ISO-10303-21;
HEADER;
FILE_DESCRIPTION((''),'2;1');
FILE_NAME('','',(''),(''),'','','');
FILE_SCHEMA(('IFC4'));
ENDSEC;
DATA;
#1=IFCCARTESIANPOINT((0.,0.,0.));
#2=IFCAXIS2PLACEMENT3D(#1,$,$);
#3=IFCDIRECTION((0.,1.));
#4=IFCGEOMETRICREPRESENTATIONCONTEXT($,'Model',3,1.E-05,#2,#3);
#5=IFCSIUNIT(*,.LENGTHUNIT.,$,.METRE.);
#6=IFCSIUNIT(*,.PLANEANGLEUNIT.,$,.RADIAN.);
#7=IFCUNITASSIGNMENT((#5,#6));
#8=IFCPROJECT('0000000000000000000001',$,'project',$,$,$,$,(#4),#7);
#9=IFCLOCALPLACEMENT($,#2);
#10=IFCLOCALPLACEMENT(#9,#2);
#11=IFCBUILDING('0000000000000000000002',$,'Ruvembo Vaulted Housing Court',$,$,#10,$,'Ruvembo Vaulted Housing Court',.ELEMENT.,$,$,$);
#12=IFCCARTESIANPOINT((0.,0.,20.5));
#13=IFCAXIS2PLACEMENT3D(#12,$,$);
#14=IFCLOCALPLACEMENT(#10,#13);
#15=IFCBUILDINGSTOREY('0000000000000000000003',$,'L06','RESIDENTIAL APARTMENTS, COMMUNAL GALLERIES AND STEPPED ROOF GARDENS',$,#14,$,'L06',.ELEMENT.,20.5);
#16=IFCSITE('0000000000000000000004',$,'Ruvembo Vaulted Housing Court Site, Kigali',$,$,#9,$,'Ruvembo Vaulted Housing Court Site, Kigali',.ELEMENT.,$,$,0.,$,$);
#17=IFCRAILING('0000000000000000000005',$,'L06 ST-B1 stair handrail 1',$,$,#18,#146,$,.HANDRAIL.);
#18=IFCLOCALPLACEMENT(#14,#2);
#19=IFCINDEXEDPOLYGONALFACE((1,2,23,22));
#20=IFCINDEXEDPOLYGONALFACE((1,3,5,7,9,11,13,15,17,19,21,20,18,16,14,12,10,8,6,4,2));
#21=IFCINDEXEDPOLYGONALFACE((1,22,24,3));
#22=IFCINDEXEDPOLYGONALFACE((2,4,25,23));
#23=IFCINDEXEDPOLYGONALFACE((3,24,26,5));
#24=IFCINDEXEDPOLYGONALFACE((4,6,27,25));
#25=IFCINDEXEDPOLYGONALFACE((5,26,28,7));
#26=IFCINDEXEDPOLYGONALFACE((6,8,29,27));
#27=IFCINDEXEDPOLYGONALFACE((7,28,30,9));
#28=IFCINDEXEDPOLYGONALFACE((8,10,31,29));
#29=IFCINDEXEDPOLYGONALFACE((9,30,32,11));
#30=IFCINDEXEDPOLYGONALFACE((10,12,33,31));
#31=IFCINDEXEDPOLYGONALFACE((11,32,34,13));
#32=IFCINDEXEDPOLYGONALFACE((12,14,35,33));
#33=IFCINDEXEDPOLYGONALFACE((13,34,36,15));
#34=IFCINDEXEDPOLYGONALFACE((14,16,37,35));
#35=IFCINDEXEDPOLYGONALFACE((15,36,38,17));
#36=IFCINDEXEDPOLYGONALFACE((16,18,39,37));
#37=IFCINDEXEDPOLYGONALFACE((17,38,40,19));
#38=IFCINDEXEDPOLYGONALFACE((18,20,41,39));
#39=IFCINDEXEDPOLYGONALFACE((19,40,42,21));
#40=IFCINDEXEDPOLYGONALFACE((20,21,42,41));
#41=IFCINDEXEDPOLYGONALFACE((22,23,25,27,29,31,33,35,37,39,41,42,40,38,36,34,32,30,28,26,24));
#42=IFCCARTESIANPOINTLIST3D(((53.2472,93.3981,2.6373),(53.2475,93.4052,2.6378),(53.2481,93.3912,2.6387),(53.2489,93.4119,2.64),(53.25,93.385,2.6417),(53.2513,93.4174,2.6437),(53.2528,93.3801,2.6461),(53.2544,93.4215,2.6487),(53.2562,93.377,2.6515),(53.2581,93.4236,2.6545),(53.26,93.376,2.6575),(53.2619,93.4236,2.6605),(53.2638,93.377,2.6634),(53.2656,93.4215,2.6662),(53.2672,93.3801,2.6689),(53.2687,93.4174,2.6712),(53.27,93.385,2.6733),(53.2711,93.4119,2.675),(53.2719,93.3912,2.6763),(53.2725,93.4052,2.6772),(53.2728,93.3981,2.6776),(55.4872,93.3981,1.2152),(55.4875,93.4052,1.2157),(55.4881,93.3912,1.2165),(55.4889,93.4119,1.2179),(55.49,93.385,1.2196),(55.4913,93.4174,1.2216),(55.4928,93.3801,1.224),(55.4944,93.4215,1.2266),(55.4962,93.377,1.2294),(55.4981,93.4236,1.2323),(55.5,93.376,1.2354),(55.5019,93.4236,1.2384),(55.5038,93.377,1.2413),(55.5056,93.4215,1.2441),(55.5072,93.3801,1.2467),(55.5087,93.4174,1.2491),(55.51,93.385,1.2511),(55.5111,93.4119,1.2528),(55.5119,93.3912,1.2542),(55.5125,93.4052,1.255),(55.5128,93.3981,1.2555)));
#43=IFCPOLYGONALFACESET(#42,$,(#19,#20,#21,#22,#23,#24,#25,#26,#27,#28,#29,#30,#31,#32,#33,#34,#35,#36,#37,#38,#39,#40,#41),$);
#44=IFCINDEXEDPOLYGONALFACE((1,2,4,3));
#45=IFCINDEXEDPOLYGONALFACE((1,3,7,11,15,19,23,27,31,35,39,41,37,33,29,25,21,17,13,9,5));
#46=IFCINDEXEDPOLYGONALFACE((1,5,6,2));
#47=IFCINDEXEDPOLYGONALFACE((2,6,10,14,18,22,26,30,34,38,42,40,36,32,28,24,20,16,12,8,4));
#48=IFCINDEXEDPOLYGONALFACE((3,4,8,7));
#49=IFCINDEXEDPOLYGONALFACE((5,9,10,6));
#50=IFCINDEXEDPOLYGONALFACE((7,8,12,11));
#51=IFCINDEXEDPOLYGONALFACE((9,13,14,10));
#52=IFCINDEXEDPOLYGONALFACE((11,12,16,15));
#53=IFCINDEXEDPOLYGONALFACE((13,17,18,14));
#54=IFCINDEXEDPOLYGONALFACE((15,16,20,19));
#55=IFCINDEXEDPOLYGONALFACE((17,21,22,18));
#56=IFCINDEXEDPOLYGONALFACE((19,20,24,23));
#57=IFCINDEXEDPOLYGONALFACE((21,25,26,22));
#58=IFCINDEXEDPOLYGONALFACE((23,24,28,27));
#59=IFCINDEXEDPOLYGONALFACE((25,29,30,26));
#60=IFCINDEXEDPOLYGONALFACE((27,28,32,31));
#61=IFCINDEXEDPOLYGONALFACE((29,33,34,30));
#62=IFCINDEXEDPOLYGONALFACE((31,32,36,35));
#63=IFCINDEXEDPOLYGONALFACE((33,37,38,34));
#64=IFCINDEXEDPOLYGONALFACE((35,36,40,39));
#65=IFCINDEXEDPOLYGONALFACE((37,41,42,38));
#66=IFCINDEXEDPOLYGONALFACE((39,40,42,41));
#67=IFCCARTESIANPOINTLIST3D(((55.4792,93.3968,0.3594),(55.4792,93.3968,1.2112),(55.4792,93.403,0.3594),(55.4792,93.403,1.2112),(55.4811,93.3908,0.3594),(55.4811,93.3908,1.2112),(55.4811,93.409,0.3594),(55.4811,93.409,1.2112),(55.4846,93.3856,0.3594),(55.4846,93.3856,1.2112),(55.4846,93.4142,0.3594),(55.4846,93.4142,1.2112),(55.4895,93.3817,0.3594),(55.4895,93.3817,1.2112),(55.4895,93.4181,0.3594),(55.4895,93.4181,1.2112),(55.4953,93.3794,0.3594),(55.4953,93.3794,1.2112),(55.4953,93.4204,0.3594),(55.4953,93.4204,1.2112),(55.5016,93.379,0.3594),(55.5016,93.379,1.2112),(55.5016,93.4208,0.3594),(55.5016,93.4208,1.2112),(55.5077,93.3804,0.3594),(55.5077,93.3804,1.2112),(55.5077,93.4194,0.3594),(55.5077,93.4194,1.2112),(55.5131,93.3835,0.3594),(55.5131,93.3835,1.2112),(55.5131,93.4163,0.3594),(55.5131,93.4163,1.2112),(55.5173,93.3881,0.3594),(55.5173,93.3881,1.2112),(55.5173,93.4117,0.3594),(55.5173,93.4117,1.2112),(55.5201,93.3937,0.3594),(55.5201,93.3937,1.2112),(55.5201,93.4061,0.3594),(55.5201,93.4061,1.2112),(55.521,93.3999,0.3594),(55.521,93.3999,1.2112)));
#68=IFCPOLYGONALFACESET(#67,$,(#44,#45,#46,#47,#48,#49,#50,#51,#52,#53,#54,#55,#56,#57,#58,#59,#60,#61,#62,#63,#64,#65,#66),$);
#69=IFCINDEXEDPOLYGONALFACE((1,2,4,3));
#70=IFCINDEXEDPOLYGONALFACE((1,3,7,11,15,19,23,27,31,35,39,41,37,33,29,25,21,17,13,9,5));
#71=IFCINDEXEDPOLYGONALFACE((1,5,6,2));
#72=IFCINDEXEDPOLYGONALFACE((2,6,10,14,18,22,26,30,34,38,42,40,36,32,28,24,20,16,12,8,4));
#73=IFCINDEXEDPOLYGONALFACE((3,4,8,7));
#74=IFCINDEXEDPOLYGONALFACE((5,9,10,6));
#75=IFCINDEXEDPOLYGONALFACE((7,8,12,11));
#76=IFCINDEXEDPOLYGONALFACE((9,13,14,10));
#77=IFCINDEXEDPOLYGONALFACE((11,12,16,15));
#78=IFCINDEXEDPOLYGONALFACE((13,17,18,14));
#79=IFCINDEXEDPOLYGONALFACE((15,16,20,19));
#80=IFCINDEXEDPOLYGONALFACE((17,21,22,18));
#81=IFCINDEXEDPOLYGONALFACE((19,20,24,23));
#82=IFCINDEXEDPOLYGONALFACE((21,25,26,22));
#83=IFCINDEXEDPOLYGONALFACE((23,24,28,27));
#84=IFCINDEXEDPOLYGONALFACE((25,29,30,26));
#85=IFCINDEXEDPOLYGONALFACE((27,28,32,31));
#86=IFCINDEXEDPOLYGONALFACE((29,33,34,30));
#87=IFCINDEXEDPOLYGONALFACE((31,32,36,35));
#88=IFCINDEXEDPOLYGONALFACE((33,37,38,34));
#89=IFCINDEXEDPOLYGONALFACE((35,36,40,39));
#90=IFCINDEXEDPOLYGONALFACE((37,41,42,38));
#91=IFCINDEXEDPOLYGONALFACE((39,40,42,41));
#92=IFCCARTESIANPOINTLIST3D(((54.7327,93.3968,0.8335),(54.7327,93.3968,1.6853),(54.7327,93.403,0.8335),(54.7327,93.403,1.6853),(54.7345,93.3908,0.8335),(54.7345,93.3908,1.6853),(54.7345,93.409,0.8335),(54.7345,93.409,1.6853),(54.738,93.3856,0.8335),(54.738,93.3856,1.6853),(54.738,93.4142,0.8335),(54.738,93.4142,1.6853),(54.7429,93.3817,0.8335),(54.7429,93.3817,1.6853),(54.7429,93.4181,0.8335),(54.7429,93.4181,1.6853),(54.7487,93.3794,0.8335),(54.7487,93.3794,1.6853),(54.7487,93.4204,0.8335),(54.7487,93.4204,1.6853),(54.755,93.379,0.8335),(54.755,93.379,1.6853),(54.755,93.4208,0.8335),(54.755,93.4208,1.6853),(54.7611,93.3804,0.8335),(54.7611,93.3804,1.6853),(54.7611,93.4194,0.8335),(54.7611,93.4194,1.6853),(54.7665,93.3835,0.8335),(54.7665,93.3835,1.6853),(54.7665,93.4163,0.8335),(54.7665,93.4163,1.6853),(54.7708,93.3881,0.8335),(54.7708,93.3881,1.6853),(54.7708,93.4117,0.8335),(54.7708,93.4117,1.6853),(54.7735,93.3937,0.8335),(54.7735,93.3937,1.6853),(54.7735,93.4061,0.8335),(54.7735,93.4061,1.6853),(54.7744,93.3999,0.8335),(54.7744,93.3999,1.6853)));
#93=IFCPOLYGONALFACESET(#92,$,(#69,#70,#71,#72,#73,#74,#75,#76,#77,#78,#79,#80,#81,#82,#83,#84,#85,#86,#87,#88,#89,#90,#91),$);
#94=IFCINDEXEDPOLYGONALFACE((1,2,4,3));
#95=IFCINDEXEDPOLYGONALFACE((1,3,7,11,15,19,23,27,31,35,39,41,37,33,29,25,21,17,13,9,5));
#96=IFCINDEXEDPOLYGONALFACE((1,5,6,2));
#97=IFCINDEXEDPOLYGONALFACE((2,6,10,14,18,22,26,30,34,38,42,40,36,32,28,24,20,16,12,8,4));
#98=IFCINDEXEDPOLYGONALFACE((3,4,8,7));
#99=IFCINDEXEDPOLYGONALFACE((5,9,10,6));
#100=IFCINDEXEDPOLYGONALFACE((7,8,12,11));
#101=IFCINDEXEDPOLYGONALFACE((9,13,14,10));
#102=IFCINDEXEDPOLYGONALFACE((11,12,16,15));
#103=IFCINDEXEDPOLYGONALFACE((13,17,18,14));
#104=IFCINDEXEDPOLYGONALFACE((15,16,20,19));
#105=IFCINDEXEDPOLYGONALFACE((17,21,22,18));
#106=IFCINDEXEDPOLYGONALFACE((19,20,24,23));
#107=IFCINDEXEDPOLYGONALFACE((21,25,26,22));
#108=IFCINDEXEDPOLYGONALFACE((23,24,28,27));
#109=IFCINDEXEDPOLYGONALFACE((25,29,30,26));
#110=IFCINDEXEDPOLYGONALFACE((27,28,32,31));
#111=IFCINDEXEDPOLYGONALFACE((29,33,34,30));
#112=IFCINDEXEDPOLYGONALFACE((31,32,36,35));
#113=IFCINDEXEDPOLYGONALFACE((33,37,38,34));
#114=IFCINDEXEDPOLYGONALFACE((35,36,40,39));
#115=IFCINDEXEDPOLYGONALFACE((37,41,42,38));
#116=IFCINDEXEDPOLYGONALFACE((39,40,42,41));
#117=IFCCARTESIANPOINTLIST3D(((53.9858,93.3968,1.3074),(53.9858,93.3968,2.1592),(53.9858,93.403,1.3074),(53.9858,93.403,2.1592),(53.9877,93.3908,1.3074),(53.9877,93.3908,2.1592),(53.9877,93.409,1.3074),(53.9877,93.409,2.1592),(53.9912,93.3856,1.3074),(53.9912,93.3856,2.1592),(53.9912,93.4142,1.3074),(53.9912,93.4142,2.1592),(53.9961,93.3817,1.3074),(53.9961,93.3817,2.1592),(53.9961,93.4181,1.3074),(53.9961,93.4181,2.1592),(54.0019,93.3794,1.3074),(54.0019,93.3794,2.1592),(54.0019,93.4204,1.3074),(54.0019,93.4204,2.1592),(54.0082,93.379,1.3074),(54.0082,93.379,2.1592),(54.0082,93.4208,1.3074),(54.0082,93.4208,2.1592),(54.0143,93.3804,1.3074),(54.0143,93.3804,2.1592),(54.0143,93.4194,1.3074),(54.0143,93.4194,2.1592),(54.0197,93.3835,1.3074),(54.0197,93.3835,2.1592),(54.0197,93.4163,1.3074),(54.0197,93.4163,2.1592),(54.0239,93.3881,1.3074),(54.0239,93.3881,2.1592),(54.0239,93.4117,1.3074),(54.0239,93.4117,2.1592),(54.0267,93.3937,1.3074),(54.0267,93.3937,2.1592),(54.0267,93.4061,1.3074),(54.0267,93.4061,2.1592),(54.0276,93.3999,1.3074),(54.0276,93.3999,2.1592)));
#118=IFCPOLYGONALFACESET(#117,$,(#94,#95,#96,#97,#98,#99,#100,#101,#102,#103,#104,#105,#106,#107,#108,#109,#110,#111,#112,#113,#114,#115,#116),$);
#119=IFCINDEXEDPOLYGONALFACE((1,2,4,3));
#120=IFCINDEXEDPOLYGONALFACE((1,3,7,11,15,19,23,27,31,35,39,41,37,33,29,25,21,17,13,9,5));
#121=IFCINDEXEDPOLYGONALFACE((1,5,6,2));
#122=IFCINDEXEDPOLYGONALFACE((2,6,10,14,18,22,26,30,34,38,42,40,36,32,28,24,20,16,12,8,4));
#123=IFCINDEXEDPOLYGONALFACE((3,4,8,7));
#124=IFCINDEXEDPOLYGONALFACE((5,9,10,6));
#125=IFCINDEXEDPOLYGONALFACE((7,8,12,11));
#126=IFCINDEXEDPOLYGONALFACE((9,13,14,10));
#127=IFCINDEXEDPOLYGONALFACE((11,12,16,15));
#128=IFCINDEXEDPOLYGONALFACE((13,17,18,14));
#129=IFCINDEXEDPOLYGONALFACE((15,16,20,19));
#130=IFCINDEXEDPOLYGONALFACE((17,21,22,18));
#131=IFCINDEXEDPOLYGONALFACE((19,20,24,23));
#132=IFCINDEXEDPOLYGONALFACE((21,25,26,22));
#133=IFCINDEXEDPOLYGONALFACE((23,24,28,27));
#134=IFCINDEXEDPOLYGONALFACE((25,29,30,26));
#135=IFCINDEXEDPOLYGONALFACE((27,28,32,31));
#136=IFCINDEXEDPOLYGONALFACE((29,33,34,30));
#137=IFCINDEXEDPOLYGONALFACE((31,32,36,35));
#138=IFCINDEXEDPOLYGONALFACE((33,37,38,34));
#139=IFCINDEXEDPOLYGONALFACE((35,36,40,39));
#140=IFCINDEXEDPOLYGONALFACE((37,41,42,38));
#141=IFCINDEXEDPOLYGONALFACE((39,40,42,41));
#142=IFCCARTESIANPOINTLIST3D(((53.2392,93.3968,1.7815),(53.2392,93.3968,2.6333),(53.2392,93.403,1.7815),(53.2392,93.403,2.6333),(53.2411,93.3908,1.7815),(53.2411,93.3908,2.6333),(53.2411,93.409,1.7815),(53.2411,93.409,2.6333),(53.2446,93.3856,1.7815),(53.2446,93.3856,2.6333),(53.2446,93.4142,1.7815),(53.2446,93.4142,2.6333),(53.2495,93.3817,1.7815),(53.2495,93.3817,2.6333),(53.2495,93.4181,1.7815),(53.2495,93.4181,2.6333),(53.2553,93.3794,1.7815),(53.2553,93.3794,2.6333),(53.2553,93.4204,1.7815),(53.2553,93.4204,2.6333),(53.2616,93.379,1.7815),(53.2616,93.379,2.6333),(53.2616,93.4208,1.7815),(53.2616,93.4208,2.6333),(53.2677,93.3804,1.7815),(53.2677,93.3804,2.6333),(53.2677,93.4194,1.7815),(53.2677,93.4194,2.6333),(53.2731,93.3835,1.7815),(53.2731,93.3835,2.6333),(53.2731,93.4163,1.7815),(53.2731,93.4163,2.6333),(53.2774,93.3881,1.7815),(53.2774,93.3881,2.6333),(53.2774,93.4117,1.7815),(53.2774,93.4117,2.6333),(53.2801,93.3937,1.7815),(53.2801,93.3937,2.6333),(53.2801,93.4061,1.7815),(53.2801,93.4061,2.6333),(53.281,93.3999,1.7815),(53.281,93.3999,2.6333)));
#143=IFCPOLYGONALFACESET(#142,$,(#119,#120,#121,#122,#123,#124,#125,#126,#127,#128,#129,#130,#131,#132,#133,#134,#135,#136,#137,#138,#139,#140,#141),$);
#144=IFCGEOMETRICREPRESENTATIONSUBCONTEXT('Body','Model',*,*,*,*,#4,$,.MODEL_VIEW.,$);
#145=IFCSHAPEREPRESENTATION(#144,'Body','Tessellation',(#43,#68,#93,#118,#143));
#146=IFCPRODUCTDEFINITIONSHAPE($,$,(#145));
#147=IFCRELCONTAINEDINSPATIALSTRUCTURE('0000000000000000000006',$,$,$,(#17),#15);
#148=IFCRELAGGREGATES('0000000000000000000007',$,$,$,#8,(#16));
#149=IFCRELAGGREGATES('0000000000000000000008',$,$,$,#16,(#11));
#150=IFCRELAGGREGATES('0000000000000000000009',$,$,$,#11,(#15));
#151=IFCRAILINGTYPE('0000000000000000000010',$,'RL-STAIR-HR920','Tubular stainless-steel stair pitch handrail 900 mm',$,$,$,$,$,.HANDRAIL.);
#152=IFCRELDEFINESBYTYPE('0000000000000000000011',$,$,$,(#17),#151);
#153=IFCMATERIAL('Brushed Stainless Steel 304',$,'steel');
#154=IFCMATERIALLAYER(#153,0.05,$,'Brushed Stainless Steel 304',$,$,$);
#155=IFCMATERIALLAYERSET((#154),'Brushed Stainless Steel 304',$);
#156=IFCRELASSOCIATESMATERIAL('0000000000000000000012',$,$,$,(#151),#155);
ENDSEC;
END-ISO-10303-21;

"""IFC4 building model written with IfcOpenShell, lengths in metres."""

from ifc_helpers import new_model, si_unit, direction, frame, origin, origin_2d, place, context, subcontext, project, spatial, circle, extrude, material, layer, layer_set, type_object, element, save


model = new_model("IFC4")

# Units and contexts
model_context = context("Model", 3, precision=1e-05, world=origin(), true_north=direction((0.0, 1.0)))
body_context = subcontext(model_context, "Body", "Model", "MODEL_VIEW")
ifc_project = project(units=[si_unit("LENGTHUNIT", "METRE"), si_unit("PLANEANGLEUNIT", "RADIAN")], contexts=[model_context])

# Site, building, storey
site_placement = place(None, origin())
site = spatial("IfcSite", under=ifc_project, at=site_placement, Name="Ruvembo Vaulted Housing Court Site, Kigali", LongName="Ruvembo Vaulted Housing Court Site, Kigali", CompositionType="ELEMENT", RefElevation=0.0)
building_placement = place(site_placement, origin())
building = spatial("IfcBuilding", under=site, at=building_placement, Name="Ruvembo Vaulted Housing Court", LongName="Ruvembo Vaulted Housing Court", CompositionType="ELEMENT")
storey_placement = place(building_placement, frame((0.0, 0.0, 20.5)))
storey = spatial("IfcBuildingStorey", under=building, at=storey_placement, Name="L06", Description="RESIDENTIAL APARTMENTS, COMMUNAL GALLERIES AND STEPPED ROOF GARDENS", LongName="L06", CompositionType="ELEMENT", Elevation=20.5)

# Shared definitions
ifc_material_1 = material(Name="Brushed Stainless Steel 304", Category="steel")

# Railing
ifc_layer_1 = layer(ifc_material_1, 0.05, Name="Brushed Stainless Steel 304")
ifc_layer_set_1 = layer_set([ifc_layer_1], Name="Brushed Stainless Steel 304")
railing_type_1 = type_object("IfcRailingType", Name="RL-STAIR-HR920", Description="Tubular stainless-steel stair pitch handrail 900 mm", PredefinedType="HANDRAIL", material=ifc_layer_set_1)
railing_1_placement = place(storey_placement, frame((55.5, 93.3999, 0.3594)))
element("IfcRailing", 1, at=railing_1_placement, inside=storey, type_object=railing_type_1, Name="L06 ST-B1 stair handrail 1", PredefinedType="HANDRAIL", context=body_context, shape_type="SweptSolid", body=[
    extrude(circle(Radius=0.0239, at=origin_2d()), frame((0.0, 0.0, 0.876), z_axis=(-0.844229, 0.0, 0.535982), x_axis=(0.0, -1.0, 0.0)), (0.0, 0.0, 1.0), 2.6533),
    extrude(circle(Radius=0.021, at=origin_2d()), origin(), (0.0, 0.0, 1.0), 0.8518),
    extrude(circle(Radius=0.021, at=origin_2d()), frame((-0.7466, 0.0, 0.4741)), (0.0, 0.0, 1.0), 0.8518),
    extrude(circle(Radius=0.021, at=origin_2d()), frame((-1.4934, 0.0, 0.948)), (0.0, 0.0, 1.0), 0.8518),
    extrude(circle(Radius=0.021, at=origin_2d()), frame((-2.24, 0.0, 1.4221)), (0.0, 0.0, 1.0), 0.8518),
])

save(model, "model.ifc")
